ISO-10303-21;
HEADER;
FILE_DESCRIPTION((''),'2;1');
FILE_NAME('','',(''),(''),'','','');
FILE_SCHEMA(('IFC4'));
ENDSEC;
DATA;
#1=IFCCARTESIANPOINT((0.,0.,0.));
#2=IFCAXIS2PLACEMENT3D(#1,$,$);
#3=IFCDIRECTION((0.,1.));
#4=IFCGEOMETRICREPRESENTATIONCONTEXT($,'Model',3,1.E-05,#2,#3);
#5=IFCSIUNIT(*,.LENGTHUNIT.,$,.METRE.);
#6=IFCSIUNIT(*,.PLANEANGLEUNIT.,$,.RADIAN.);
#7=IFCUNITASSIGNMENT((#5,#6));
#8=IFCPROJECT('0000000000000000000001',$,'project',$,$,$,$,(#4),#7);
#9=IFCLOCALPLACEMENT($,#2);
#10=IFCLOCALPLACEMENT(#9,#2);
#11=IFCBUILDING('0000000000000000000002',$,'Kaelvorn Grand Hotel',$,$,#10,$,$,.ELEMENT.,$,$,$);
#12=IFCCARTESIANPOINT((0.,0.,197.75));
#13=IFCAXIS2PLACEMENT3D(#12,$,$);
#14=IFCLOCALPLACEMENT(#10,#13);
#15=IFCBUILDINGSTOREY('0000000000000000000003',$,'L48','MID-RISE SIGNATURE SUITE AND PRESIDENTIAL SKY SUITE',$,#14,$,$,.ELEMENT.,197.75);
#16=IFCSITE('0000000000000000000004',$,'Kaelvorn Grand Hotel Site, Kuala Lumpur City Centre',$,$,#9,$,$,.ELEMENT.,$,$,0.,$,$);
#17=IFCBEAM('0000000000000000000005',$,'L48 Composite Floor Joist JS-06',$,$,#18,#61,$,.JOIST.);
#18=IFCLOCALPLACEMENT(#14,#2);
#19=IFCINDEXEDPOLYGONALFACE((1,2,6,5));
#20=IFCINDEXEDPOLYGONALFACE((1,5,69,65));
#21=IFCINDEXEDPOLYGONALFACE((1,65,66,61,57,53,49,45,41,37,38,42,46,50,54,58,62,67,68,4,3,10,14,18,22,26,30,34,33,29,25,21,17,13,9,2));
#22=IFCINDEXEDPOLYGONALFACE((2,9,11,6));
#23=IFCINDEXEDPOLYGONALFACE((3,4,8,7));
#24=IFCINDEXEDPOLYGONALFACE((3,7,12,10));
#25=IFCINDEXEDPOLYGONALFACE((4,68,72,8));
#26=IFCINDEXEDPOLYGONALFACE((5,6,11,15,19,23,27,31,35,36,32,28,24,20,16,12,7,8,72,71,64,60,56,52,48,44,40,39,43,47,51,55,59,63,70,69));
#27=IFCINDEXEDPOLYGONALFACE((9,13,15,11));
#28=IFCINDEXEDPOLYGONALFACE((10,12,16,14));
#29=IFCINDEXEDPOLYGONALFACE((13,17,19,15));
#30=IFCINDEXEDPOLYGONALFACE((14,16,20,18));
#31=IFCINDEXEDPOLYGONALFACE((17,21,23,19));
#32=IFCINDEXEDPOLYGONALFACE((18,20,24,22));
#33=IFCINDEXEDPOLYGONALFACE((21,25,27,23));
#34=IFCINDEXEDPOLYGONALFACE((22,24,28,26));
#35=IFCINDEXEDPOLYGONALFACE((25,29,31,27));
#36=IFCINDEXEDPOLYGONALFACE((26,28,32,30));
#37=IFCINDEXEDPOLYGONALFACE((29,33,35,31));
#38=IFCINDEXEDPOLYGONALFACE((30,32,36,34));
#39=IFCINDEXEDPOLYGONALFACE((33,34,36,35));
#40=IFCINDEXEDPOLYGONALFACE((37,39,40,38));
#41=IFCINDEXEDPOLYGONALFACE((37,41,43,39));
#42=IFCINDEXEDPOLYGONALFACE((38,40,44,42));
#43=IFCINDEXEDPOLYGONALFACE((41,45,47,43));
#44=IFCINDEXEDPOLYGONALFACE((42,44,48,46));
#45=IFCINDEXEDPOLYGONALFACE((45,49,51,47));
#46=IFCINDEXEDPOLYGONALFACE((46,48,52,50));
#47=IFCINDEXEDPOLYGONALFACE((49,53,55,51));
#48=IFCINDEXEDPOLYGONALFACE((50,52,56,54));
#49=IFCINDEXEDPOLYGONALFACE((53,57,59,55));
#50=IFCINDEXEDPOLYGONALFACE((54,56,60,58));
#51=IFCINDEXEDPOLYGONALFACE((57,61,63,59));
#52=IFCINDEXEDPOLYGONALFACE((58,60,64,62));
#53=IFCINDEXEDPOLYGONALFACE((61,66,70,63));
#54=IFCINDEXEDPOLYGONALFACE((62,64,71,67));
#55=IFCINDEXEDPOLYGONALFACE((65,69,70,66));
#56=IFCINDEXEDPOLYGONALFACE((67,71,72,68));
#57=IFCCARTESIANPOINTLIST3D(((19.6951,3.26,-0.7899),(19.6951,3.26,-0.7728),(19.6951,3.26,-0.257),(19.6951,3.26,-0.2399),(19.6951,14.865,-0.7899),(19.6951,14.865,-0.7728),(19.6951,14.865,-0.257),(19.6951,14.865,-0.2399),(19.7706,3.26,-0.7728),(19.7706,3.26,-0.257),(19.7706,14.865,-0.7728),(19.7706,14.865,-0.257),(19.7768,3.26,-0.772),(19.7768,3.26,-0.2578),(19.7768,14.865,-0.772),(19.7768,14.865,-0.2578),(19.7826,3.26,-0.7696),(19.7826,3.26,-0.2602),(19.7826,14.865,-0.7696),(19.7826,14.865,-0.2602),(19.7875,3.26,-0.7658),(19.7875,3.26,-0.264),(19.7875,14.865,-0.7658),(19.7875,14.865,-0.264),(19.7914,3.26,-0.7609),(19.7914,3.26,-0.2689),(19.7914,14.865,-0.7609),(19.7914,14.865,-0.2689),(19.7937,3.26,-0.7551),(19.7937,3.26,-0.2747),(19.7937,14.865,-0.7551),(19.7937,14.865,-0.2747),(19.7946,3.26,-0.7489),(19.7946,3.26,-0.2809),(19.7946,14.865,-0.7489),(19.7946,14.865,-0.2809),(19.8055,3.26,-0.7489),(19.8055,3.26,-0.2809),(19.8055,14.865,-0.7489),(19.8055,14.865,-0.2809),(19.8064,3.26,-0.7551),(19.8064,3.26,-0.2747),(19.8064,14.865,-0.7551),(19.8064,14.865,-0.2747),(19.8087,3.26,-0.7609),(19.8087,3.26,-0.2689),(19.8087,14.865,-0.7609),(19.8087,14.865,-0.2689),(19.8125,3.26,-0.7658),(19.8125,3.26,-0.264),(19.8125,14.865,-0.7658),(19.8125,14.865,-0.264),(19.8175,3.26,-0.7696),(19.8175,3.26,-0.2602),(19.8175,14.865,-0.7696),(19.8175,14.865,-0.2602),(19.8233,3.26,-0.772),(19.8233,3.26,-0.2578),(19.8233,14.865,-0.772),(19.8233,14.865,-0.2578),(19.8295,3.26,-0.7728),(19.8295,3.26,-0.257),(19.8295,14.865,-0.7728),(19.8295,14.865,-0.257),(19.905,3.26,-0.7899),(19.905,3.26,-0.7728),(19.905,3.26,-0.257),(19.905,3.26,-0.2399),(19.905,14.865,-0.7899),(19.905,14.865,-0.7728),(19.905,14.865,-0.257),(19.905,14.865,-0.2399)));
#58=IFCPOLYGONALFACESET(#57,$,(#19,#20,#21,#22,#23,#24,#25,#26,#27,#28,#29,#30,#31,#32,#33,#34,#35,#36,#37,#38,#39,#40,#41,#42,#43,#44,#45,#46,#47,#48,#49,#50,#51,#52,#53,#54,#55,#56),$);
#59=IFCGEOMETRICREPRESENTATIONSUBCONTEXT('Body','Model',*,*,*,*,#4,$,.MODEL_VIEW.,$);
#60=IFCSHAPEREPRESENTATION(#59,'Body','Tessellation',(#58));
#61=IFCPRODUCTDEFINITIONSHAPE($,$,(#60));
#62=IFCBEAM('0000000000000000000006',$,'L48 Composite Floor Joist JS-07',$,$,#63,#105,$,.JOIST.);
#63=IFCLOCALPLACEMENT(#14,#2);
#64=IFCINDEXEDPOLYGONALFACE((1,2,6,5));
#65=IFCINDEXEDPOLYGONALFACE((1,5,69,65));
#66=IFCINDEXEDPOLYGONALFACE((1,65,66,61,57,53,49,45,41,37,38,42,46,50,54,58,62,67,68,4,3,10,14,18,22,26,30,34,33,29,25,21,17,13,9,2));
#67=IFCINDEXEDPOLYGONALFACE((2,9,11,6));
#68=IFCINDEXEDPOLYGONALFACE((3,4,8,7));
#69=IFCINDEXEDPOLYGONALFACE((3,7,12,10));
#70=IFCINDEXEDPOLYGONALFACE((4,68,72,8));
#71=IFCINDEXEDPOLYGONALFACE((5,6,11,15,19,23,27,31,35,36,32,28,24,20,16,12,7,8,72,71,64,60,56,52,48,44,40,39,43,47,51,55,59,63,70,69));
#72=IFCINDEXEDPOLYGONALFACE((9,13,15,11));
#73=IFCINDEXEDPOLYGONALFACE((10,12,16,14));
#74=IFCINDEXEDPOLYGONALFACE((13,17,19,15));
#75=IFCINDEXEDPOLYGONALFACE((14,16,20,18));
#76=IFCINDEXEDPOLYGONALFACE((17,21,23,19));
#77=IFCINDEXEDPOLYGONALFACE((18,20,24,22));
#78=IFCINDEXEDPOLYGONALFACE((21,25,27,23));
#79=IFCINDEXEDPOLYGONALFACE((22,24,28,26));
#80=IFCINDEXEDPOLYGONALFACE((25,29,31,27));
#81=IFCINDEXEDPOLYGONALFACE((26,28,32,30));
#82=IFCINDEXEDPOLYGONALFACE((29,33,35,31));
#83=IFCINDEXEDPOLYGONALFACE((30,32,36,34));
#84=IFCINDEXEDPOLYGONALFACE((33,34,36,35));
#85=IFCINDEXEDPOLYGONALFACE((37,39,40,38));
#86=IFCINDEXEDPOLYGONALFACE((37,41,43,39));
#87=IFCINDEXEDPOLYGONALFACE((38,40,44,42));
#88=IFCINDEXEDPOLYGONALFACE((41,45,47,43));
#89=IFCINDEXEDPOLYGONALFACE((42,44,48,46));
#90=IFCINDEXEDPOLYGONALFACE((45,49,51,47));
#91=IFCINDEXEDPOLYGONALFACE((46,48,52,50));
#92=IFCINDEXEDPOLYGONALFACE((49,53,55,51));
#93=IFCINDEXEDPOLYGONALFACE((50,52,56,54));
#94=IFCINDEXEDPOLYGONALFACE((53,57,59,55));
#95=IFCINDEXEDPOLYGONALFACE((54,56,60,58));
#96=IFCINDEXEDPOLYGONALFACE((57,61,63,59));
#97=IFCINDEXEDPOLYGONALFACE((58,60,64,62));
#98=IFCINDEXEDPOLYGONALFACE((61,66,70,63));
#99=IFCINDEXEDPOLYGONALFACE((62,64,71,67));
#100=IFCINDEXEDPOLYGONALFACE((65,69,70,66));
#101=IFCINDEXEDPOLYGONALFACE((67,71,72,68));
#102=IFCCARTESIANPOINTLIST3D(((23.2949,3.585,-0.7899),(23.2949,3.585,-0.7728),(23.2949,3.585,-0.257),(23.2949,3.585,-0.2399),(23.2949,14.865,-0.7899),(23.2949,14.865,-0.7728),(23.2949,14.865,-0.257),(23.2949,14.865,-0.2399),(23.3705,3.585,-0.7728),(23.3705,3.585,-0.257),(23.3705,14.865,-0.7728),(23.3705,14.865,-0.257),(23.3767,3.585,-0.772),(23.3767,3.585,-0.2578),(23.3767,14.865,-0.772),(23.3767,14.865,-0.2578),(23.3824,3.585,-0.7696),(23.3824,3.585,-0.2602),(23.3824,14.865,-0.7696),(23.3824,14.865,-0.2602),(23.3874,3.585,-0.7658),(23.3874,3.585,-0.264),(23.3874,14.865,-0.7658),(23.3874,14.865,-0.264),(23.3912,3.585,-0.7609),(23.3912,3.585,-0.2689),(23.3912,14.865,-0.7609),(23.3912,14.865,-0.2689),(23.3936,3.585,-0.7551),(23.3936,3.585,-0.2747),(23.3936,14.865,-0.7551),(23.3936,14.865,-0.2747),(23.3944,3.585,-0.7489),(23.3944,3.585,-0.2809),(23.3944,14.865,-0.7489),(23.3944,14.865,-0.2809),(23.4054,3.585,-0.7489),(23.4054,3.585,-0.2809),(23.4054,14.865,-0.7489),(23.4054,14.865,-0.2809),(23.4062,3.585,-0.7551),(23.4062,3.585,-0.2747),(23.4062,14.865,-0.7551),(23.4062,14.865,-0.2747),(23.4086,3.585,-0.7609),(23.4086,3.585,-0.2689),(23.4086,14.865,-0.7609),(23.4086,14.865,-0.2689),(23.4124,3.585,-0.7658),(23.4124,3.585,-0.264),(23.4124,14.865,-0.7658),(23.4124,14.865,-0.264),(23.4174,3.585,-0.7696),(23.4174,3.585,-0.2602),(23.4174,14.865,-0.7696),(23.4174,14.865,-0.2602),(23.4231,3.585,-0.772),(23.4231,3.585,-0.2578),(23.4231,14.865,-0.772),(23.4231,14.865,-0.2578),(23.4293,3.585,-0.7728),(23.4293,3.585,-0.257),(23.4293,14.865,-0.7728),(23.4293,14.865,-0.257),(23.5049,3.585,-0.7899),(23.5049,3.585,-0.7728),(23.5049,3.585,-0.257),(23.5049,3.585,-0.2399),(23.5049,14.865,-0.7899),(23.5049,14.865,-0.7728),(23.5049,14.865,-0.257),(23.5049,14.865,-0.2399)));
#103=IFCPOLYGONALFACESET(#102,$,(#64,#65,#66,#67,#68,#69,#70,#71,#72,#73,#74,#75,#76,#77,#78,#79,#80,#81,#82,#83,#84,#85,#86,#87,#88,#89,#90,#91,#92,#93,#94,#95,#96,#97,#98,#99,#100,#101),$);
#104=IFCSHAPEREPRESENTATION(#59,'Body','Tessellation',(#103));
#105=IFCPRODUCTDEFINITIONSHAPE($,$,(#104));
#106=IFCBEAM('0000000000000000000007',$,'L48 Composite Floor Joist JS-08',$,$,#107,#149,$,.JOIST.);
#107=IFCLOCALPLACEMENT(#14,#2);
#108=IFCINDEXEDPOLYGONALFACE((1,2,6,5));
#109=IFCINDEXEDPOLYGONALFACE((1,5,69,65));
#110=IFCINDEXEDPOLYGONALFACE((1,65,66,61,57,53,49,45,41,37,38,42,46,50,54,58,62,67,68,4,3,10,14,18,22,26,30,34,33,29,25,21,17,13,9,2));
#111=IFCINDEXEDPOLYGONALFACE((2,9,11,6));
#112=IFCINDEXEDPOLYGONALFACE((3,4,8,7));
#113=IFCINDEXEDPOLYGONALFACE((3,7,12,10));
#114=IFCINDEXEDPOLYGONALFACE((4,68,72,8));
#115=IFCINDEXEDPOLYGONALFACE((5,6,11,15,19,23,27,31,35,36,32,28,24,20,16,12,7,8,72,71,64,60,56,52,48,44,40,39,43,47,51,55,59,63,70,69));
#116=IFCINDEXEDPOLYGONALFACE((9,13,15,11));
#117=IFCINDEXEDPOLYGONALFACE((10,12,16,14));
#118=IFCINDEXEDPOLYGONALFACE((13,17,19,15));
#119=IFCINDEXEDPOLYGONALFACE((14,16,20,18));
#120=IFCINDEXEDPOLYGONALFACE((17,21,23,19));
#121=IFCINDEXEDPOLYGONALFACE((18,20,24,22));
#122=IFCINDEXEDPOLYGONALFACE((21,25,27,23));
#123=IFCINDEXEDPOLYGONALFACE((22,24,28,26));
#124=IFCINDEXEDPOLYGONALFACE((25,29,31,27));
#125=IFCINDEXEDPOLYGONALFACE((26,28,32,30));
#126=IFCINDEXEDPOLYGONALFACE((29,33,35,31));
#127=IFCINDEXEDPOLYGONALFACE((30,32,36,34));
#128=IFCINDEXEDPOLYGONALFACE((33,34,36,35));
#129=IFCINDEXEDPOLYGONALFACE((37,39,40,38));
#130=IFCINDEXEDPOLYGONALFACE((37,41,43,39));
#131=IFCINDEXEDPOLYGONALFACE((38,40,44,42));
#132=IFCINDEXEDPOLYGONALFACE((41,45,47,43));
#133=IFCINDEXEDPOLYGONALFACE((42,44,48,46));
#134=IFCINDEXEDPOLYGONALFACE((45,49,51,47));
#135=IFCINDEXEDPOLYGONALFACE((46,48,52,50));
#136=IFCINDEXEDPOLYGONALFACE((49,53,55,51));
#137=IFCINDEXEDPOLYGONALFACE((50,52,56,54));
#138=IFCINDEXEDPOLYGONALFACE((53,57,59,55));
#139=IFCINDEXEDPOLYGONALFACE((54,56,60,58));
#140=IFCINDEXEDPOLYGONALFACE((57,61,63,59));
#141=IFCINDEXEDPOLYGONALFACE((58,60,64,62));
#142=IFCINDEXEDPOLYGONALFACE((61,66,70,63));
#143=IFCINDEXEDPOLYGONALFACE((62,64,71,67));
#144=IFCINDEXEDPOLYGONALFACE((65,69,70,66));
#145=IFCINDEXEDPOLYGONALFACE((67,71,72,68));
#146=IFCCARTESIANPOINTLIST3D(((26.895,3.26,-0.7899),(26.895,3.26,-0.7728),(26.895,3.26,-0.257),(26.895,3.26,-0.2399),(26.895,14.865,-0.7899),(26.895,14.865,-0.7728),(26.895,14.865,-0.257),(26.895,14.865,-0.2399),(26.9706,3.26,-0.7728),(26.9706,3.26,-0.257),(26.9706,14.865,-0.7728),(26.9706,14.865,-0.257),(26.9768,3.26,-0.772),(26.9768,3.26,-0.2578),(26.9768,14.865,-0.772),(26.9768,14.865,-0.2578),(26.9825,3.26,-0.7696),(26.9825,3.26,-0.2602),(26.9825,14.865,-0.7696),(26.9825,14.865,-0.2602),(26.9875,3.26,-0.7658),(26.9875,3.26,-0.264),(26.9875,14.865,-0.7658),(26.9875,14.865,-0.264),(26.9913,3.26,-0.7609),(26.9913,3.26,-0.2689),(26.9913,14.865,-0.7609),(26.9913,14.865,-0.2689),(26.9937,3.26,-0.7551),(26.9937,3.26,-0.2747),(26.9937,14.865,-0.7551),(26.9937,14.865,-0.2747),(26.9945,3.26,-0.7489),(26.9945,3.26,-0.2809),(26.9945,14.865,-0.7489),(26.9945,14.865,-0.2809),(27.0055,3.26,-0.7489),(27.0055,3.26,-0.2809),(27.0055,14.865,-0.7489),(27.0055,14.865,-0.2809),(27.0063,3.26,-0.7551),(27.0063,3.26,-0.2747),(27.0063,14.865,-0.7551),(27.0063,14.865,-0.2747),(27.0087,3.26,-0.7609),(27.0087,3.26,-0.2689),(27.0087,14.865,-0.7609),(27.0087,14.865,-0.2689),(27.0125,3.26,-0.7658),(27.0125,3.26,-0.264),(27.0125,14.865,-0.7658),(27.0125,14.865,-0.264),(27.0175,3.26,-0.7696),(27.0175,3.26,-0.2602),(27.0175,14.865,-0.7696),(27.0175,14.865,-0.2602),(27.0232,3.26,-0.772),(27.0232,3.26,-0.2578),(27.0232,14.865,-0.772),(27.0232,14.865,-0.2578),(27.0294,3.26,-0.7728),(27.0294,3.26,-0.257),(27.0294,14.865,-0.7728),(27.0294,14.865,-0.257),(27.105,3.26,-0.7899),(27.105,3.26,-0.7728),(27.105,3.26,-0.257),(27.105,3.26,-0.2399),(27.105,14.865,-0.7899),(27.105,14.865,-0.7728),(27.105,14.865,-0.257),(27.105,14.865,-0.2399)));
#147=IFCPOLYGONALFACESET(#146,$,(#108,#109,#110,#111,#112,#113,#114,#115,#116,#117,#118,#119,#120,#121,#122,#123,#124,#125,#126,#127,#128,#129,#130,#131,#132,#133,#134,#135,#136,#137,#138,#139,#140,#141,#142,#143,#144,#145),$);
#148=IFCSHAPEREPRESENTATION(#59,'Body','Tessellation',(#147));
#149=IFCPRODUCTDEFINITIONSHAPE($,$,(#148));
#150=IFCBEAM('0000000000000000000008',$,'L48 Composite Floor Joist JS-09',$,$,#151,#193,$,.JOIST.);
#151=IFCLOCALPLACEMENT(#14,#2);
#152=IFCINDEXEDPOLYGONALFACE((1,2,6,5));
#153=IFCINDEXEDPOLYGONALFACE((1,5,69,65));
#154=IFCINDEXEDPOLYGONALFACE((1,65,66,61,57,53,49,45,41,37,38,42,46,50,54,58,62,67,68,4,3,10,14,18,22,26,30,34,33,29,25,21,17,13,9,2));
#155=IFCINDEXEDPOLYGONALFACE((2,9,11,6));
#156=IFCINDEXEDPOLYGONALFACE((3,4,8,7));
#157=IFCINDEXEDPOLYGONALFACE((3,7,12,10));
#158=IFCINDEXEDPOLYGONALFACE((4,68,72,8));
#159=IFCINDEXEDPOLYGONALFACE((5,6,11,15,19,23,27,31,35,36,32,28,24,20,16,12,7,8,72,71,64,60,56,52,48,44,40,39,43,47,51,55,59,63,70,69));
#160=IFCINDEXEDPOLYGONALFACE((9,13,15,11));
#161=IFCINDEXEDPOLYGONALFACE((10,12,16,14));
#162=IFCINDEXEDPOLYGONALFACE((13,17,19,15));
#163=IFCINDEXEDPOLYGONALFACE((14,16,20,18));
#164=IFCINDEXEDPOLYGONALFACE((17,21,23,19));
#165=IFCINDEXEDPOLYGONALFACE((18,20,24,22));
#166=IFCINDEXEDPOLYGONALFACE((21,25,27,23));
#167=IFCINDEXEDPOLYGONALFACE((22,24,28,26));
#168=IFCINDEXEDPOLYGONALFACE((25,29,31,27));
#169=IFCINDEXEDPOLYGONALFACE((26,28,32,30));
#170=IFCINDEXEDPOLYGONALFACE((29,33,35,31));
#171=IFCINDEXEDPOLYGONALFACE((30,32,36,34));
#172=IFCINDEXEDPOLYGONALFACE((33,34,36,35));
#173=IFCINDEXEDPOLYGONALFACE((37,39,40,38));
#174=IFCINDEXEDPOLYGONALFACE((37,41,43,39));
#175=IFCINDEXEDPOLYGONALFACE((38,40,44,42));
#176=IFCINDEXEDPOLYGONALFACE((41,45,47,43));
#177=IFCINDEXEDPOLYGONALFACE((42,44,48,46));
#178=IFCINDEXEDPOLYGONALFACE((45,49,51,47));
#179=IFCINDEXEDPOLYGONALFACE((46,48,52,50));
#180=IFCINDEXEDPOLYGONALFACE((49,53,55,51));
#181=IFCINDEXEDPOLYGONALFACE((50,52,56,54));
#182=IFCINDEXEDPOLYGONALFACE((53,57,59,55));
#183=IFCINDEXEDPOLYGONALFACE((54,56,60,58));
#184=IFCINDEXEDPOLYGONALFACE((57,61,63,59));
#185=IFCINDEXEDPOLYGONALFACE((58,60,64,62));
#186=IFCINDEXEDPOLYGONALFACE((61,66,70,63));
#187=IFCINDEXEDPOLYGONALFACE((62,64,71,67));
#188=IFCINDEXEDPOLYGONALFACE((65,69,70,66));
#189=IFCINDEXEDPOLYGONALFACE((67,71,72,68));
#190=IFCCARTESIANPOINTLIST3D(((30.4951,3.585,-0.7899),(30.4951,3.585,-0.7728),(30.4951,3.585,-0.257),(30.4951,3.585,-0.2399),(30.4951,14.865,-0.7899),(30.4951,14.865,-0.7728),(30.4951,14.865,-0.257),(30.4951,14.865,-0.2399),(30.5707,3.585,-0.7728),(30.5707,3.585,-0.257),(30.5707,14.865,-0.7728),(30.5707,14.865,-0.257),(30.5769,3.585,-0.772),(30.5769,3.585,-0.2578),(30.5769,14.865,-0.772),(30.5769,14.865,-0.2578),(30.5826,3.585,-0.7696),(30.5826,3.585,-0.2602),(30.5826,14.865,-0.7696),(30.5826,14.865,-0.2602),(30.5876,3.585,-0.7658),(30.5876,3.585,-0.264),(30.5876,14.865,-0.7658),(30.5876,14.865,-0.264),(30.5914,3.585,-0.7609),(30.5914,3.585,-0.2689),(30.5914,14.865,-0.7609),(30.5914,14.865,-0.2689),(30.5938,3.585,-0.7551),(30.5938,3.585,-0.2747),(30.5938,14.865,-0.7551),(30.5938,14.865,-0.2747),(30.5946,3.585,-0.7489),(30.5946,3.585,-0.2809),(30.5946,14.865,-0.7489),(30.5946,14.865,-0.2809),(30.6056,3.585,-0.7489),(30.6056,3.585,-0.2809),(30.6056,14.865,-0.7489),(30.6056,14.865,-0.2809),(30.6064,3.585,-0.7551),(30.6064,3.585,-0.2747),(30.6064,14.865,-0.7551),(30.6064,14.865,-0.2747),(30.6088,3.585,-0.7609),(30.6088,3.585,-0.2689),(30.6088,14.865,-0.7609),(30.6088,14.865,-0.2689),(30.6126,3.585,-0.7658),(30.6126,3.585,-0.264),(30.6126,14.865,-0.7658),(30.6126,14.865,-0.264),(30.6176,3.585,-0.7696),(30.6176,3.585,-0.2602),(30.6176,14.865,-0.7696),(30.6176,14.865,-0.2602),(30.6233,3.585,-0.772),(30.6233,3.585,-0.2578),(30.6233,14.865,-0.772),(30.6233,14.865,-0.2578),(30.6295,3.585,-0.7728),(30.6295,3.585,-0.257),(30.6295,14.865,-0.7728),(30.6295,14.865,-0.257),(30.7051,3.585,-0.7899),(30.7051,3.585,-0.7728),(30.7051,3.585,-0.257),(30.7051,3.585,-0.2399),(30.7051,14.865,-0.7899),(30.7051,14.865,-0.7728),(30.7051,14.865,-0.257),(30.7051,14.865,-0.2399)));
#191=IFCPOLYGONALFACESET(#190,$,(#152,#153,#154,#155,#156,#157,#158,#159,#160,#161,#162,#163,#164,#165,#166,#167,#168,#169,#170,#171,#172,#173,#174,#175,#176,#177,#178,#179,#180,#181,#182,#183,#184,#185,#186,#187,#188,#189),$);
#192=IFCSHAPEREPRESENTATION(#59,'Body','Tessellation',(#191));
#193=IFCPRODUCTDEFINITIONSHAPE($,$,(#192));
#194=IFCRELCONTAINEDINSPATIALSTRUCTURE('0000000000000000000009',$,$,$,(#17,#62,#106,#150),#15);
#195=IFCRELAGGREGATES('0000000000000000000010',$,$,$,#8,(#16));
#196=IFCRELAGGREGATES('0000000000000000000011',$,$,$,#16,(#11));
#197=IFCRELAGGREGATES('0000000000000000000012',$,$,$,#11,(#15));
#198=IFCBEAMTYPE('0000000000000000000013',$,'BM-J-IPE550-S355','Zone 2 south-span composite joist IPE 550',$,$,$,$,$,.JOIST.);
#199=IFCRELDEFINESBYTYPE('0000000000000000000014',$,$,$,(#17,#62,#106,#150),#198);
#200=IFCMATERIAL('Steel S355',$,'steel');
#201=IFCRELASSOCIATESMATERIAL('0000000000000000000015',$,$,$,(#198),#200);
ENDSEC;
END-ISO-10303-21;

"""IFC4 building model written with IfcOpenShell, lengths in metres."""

from ifc_helpers import new_model, si_unit, direction, frame, origin, origin_2d, place, context, subcontext, project, spatial, i_section, extrude, material, material_profile, profile_set, type_object, element, save


model = new_model("IFC4")

# Units and contexts
model_context = context("Model", 3, precision=1e-05, world=origin(), true_north=direction((0.0, 1.0)))
body_context = subcontext(model_context, "Body", "Model", "MODEL_VIEW")
ifc_project = project(units=[si_unit("LENGTHUNIT", "METRE"), si_unit("PLANEANGLEUNIT", "RADIAN")], contexts=[model_context])

# Site, building, storey
site_placement = place(None, origin())
site = spatial("IfcSite", under=ifc_project, at=site_placement, Name="Kaelvorn Grand Hotel Site, Kuala Lumpur City Centre", CompositionType="ELEMENT", RefElevation=0.0)
building_placement = place(site_placement, origin())
building = spatial("IfcBuilding", under=site, at=building_placement, Name="Kaelvorn Grand Hotel", CompositionType="ELEMENT")
storey_placement = place(building_placement, frame((0.0, 0.0, 197.75)))
storey = spatial("IfcBuildingStorey", under=building, at=storey_placement, Name="L48", Description="MID-RISE SIGNATURE SUITE AND PRESIDENTIAL SKY SUITE", CompositionType="ELEMENT", Elevation=197.75)

# Beams
ifc_material_1 = material(Name="Steel S355", Category="steel")
ifc_material_profile_1 = material_profile(ifc_material_1, i_section(OverallWidth=0.21, OverallDepth=0.55, WebThickness=0.011, FlangeThickness=0.0171, FilletRadius=0.0239, at=origin_2d()), Name="IPE 550")
ifc_profile_set_1 = profile_set([ifc_material_profile_1], Name="Steel S355")
beam_type_1 = type_object("IfcBeamType", Name="BM-J-IPE550-S355", Description="Zone 2 south-span composite joist IPE 550", PredefinedType="JOIST", material=ifc_profile_set_1)
beam_1_placement = place(storey_placement, frame((19.8, 3.26, -0.5149), z_axis=(0.0, 1.0, 0.0), x_axis=(-1.0, 0.0, 0.0)))
element("IfcBeam", 1, at=beam_1_placement, inside=storey, type_object=beam_type_1, Name="L48 Composite Floor Joist JS-06", PredefinedType="JOIST", context=body_context, shape_type="SweptSolid", body=[
    extrude(i_section(OverallWidth=0.21, OverallDepth=0.55, WebThickness=0.011, FlangeThickness=0.0171, FilletRadius=0.0239, at=origin_2d()), origin(), (0.0, 0.0, 1.0), 11.605),
])
beam_2_placement = place(storey_placement, frame((23.3999, 3.585, -0.5149), z_axis=(0.0, 1.0, 0.0), x_axis=(-1.0, 0.0, 0.0)))
element("IfcBeam", 2, at=beam_2_placement, inside=storey, type_object=beam_type_1, Name="L48 Composite Floor Joist JS-07", PredefinedType="JOIST", context=body_context, shape_type="SweptSolid", body=[
    extrude(i_section(OverallWidth=0.21, OverallDepth=0.55, WebThickness=0.011, FlangeThickness=0.0171, FilletRadius=0.0239, at=origin_2d()), origin(), (0.0, 0.0, 1.0), 11.28),
])
beam_3_placement = place(storey_placement, frame((27.0, 3.26, -0.5149), z_axis=(0.0, 1.0, 0.0), x_axis=(-1.0, 0.0, 0.0)))
element("IfcBeam", 3, at=beam_3_placement, inside=storey, type_object=beam_type_1, Name="L48 Composite Floor Joist JS-08", PredefinedType="JOIST", context=body_context, shape_type="SweptSolid", body=[
    extrude(i_section(OverallWidth=0.21, OverallDepth=0.55, WebThickness=0.011, FlangeThickness=0.0171, FilletRadius=0.0239, at=origin_2d()), origin(), (0.0, 0.0, 1.0), 11.605),
])
beam_4_placement = place(storey_placement, frame((30.6001, 3.585, -0.5149), z_axis=(0.0, 1.0, 0.0), x_axis=(-1.0, 0.0, 0.0)))
element("IfcBeam", 4, at=beam_4_placement, inside=storey, type_object=beam_type_1, Name="L48 Composite Floor Joist JS-09", PredefinedType="JOIST", context=body_context, shape_type="SweptSolid", body=[
    extrude(i_section(OverallWidth=0.21, OverallDepth=0.55, WebThickness=0.011, FlangeThickness=0.0171, FilletRadius=0.0239, at=origin_2d()), origin(), (0.0, 0.0, 1.0), 11.28),
])

save(model, "model.ifc")
